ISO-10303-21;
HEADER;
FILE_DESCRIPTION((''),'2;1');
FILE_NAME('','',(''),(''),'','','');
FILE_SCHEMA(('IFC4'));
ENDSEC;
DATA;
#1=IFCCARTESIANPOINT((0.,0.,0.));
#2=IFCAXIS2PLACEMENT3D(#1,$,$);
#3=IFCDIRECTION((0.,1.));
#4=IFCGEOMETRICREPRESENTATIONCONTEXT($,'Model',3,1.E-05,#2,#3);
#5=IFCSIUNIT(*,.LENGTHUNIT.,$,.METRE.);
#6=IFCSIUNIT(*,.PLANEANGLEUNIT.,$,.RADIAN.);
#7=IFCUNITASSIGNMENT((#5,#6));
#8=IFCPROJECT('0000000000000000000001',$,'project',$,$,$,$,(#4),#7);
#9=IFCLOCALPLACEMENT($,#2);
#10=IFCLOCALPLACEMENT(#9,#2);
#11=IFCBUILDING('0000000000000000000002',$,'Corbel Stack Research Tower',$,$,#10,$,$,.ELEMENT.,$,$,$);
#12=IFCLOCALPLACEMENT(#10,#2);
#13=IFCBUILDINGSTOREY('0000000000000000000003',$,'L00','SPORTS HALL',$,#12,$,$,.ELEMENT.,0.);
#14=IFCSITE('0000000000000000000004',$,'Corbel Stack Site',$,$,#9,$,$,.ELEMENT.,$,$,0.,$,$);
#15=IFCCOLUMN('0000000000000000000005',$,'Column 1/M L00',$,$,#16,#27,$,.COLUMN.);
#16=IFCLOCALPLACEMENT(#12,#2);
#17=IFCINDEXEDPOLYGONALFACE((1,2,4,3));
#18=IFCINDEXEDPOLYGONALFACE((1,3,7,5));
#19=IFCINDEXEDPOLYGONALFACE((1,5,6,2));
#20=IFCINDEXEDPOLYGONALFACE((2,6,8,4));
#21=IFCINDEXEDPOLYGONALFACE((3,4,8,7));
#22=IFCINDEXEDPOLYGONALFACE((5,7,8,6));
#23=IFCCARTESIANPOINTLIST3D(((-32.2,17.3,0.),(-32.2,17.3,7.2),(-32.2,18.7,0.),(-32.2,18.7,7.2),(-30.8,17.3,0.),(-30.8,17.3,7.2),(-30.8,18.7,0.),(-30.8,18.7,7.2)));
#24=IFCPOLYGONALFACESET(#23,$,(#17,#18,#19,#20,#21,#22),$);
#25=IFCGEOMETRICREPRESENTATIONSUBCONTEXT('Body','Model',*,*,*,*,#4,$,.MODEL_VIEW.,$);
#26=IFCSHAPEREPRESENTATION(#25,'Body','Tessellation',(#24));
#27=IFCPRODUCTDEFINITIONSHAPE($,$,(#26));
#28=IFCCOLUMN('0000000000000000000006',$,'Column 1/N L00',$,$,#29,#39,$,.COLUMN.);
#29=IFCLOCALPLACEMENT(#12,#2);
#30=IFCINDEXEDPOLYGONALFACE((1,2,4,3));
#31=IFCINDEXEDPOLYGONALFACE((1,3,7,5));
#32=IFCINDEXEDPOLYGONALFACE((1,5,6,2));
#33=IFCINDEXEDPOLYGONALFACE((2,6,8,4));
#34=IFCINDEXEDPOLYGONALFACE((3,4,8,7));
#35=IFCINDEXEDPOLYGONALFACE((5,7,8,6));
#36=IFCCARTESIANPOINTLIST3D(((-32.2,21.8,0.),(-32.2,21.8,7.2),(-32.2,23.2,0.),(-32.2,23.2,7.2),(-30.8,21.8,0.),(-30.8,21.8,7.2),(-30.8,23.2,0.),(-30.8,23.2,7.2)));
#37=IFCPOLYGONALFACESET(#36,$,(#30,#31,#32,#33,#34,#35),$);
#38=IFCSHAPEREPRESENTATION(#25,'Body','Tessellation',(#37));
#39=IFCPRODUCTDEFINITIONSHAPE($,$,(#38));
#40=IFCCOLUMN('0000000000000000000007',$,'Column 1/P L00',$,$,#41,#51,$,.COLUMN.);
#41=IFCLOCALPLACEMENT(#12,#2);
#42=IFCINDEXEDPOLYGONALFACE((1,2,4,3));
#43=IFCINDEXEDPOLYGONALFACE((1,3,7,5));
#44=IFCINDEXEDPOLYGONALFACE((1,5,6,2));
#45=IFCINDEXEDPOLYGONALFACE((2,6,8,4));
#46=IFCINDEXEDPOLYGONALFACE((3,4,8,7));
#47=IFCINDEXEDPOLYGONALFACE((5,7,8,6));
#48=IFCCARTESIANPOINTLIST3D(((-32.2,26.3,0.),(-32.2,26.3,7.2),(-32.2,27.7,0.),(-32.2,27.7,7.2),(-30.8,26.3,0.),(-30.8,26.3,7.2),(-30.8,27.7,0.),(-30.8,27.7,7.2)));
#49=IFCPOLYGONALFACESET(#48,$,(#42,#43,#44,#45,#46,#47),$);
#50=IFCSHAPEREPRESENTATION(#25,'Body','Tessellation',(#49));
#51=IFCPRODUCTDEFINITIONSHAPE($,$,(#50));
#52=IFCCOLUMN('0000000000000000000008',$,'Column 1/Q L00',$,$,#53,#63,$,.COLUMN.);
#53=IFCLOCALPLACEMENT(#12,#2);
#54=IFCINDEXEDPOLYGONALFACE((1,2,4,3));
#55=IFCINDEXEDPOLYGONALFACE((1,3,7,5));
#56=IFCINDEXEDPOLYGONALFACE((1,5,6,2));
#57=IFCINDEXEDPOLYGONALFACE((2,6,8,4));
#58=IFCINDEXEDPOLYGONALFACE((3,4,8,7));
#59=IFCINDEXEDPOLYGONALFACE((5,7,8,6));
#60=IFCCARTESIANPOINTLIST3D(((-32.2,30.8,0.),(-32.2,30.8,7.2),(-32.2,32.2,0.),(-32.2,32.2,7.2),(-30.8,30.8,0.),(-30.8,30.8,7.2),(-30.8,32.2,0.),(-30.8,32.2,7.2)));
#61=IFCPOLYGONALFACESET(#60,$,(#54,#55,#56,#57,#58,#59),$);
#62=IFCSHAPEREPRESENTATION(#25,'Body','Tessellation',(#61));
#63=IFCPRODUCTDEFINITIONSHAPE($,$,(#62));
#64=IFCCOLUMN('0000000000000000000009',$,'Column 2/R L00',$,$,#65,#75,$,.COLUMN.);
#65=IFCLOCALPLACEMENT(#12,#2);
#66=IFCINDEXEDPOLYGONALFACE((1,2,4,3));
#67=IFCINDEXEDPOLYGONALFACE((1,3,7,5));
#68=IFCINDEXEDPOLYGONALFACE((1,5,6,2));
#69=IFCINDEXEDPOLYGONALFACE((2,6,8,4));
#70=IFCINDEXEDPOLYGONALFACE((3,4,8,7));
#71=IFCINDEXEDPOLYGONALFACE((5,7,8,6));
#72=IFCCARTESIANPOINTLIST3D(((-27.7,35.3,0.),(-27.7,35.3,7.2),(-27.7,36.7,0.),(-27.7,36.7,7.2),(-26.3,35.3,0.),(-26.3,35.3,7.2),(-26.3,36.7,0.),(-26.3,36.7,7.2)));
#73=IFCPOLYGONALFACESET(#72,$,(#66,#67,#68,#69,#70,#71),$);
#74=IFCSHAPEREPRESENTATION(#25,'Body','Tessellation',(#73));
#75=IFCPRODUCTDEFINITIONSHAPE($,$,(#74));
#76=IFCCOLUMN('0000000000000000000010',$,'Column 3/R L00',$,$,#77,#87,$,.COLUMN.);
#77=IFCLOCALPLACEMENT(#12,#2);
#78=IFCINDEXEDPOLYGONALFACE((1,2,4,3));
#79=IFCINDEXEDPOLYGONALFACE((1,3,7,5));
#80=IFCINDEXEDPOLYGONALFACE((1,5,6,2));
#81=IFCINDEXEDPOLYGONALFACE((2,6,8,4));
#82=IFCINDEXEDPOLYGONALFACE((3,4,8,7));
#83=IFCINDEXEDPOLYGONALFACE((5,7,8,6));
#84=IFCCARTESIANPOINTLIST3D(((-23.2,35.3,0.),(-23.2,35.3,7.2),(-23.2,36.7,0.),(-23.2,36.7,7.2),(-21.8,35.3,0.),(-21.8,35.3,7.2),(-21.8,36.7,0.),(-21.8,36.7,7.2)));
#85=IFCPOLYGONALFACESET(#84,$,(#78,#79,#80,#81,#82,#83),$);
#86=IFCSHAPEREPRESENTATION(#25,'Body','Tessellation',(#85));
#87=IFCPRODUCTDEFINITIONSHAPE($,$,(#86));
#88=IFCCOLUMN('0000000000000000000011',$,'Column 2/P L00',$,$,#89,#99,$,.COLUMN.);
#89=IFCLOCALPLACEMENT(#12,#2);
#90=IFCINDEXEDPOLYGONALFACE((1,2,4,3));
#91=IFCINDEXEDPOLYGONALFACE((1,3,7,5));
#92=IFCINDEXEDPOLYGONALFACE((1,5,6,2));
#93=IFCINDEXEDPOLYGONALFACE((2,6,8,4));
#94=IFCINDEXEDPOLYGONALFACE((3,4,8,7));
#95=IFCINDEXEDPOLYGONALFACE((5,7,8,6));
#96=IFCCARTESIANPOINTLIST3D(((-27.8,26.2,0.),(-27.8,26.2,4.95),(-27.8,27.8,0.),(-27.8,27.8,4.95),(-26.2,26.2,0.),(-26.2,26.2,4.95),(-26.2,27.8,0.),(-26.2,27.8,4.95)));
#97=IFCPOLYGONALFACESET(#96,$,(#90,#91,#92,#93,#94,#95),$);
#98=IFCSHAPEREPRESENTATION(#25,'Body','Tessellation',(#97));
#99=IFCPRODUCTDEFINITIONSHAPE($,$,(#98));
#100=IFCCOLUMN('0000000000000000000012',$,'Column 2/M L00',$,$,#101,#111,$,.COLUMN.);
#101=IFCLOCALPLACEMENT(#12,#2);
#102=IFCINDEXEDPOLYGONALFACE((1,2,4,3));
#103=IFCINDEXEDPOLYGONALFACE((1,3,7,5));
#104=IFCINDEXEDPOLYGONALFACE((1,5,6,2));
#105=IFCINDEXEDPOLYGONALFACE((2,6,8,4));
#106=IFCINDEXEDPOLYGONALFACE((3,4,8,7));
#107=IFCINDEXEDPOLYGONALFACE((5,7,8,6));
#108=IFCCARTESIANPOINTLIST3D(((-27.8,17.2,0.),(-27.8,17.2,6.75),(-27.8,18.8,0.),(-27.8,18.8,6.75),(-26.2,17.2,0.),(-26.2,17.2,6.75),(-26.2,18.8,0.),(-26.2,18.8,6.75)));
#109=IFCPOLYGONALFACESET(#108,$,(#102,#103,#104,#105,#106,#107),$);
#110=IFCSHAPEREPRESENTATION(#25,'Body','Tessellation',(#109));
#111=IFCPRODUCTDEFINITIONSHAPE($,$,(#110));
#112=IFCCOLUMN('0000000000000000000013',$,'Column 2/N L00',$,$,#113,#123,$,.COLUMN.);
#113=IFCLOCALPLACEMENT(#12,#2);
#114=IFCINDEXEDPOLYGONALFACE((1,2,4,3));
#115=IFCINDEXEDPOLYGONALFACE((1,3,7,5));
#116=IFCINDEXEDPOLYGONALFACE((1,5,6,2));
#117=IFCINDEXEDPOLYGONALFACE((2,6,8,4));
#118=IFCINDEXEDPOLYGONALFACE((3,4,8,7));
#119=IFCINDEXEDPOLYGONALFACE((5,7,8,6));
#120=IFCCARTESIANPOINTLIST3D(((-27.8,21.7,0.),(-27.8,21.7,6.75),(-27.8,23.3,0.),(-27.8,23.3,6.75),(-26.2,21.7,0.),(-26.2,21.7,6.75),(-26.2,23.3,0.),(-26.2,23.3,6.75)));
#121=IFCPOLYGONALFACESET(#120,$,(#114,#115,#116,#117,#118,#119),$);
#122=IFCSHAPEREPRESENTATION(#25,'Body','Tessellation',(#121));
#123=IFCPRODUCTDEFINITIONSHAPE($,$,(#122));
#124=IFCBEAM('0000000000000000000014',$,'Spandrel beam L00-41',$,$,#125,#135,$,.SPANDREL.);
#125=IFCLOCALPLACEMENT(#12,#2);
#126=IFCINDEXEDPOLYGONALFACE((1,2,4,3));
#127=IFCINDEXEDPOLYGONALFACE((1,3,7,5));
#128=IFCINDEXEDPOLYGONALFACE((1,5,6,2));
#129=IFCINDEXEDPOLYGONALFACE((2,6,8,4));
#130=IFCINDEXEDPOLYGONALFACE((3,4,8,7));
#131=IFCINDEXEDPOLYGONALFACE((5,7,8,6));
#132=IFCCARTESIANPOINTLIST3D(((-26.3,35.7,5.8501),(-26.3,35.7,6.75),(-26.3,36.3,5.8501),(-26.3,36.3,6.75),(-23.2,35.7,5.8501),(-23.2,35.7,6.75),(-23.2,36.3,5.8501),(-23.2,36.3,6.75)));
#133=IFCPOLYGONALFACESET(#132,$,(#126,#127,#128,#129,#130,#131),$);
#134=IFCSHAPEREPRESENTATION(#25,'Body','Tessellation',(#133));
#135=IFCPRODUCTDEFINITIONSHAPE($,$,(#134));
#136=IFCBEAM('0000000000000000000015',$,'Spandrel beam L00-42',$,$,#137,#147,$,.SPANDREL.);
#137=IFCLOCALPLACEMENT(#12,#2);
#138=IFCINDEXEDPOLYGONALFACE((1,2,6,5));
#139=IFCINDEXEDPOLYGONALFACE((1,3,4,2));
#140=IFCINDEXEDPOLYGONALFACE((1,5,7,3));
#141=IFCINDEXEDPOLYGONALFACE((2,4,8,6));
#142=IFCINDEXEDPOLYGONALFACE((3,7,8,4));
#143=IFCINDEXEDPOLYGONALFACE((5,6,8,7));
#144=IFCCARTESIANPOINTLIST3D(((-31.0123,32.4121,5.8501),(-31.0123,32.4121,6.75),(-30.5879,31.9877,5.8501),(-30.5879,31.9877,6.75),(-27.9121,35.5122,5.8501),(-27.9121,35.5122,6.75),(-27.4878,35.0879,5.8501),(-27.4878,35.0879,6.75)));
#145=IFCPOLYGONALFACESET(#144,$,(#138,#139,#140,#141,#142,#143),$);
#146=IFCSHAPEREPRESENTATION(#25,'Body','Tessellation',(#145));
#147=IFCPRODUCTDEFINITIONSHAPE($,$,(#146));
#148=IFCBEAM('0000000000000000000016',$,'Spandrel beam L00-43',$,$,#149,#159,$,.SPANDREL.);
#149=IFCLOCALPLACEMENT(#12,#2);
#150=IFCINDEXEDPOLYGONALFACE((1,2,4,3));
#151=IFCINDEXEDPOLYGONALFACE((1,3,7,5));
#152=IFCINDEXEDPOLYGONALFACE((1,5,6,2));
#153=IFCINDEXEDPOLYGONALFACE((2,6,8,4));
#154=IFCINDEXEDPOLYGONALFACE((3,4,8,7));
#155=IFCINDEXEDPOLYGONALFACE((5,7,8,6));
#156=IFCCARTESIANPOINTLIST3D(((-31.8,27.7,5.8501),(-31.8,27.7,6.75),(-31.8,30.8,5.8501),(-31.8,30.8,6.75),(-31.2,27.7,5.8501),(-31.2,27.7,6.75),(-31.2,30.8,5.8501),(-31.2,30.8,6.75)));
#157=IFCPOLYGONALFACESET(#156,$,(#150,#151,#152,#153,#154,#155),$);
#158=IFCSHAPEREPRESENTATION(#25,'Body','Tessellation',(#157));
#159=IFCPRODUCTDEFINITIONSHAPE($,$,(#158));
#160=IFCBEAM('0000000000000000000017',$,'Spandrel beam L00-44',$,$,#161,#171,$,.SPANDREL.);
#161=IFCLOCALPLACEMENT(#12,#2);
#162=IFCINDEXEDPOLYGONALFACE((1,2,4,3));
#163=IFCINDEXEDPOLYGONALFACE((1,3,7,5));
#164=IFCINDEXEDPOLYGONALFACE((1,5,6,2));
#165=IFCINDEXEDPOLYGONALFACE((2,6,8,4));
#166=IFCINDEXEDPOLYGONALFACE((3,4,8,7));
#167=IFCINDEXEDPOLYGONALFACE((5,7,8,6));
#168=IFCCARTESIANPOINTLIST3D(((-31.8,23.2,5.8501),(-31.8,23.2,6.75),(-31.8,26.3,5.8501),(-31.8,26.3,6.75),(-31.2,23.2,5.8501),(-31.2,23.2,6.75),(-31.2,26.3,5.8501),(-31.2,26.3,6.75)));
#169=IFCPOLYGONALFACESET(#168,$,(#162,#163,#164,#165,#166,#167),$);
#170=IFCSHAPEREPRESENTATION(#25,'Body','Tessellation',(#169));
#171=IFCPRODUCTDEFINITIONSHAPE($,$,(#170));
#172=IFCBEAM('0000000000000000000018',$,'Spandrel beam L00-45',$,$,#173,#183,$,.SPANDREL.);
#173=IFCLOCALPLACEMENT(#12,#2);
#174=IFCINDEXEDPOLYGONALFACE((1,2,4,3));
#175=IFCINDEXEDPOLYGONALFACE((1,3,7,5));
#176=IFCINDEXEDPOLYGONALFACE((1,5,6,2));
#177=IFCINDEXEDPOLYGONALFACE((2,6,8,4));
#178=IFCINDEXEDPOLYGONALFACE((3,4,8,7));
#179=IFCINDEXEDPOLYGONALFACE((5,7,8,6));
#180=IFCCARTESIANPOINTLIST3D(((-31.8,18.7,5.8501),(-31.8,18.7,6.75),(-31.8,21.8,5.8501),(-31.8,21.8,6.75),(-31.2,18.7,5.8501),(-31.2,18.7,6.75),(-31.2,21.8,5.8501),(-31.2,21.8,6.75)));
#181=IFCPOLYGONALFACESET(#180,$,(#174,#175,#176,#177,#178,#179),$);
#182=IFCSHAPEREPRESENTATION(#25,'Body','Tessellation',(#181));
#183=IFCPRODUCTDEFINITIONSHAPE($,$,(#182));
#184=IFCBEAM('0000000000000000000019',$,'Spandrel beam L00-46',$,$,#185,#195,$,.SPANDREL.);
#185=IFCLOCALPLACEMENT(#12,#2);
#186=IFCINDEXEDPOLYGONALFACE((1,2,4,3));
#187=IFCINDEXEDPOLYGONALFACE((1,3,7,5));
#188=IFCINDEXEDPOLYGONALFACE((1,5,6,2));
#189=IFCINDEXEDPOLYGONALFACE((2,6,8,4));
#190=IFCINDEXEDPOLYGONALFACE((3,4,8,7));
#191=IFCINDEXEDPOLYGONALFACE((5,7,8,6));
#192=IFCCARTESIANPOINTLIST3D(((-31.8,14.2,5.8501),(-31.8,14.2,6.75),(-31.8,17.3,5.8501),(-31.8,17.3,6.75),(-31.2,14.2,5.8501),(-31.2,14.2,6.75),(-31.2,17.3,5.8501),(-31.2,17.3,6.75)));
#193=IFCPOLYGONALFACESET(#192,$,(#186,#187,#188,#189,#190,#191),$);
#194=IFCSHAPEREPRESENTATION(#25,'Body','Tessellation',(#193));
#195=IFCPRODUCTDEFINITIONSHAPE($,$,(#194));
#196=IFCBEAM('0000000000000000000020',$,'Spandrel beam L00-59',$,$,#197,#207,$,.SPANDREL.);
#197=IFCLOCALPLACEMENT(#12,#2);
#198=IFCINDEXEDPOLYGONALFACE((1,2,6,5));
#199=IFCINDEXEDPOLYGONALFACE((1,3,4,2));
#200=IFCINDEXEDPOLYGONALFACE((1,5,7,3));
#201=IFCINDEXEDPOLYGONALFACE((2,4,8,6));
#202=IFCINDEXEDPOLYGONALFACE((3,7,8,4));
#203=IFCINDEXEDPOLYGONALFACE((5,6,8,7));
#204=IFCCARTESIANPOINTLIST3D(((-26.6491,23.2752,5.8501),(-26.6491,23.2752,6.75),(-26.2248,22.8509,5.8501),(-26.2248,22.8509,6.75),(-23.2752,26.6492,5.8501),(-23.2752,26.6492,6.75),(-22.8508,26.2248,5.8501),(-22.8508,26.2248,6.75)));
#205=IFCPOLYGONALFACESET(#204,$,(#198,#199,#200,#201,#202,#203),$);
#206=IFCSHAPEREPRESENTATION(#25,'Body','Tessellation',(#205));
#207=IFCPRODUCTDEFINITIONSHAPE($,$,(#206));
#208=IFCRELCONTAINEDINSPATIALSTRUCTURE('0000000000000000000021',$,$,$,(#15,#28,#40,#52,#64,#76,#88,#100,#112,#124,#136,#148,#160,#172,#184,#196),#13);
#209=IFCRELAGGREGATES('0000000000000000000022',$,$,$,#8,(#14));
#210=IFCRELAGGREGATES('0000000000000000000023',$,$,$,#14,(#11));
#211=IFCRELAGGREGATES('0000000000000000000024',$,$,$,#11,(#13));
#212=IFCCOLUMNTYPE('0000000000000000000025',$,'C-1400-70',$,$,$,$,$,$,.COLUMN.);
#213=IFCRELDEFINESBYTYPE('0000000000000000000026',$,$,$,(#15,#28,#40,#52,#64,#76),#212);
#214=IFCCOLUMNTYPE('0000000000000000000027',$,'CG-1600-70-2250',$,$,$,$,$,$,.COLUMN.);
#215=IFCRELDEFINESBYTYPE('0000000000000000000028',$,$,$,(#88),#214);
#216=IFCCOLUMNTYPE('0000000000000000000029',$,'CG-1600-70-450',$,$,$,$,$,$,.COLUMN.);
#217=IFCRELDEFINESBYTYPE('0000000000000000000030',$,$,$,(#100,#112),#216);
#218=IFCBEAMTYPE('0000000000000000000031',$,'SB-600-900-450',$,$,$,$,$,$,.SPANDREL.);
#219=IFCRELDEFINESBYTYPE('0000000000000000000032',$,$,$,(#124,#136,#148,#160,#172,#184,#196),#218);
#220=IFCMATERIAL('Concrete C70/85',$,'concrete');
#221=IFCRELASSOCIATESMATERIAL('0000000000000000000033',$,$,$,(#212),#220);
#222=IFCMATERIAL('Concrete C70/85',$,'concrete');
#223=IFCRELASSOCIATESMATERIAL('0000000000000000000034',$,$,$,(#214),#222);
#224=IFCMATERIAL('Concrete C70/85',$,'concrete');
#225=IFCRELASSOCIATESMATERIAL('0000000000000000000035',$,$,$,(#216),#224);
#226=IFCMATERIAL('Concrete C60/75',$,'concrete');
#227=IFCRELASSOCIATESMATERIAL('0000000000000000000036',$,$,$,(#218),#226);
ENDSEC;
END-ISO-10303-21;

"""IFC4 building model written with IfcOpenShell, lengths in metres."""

from ifc_helpers import new_model, si_unit, direction, frame, origin, origin_2d, place, context, subcontext, project, spatial, rectangle, extrude, material, material_profile, profile_set, type_object, element, save


model = new_model("IFC4")

# Units and contexts
model_context = context("Model", 3, precision=1e-05, world=origin(), true_north=direction((0.0, 1.0)))
body_context = subcontext(model_context, "Body", "Model", "MODEL_VIEW")
ifc_project = project(units=[si_unit("LENGTHUNIT", "METRE"), si_unit("PLANEANGLEUNIT", "RADIAN")], contexts=[model_context])

# Site, building, storey
site_placement = place(None, origin())
site = spatial("IfcSite", under=ifc_project, at=site_placement, Name="Corbel Stack Site", CompositionType="ELEMENT", RefElevation=0.0)
building_placement = place(site_placement, origin())
building = spatial("IfcBuilding", under=site, at=building_placement, Name="Corbel Stack Research Tower", CompositionType="ELEMENT")
storey_placement = place(building_placement, origin())
storey = spatial("IfcBuildingStorey", under=building, at=storey_placement, Name="L00", Description="SPORTS HALL", CompositionType="ELEMENT", Elevation=0.0)

# Columns
ifc_material_1 = material(Name="Concrete C70/85", Category="concrete")
ifc_material_profile_1 = material_profile(ifc_material_1, rectangle(XDim=1.3999, YDim=1.3999, at=origin_2d()), Name="RC 1400 x 1400")
ifc_profile_set_1 = profile_set([ifc_material_profile_1], Name="Concrete C70/85")
column_type_1 = type_object("IfcColumnType", Name="C-1400-70", PredefinedType="COLUMN", material=ifc_profile_set_1)
for number, where, z_axis, x_axis, name in (
    (1, (-31.5, 18.0, 0.0), (0.0, 0.0, 1.0), (1.0, 0.0, 0.0), "Column 1/M L00"),
    (2, (-31.5, 22.5, 0.0), (0.0, 0.0, 1.0), (1.0, 0.0, 0.0), "Column 1/N L00"),
    (3, (-31.5, 27.0, 0.0), (0.0, 0.0, 1.0), (1.0, 0.0, 0.0), "Column 1/P L00"),
    (4, (-31.5, 31.5, 0.0), (0.0, 0.0, 1.0), (1.0, 0.0, 0.0), "Column 1/Q L00"),
    (5, (-27.0, 36.0, 0.0), (0.0, 0.0, 1.0), (1.0, 0.0, 0.0), "Column 2/R L00"),
    (6, (-22.5, 36.0, 0.0), (0.0, 0.0, 1.0), (1.0, 0.0, 0.0), "Column 3/R L00"),
):
    element("IfcColumn", number, at=place(storey_placement, frame(where, z_axis=z_axis, x_axis=x_axis)), inside=storey, type_object=column_type_1, Name=name, PredefinedType="COLUMN", context=body_context, shape_type="SweptSolid", body=[
        extrude(rectangle(XDim=1.3999, YDim=1.3999, at=origin_2d()), origin(), (0.0, 0.0, 1.0), 7.2),
    ])
ifc_material_2 = material(Name="Concrete C70/85", Category="concrete")
ifc_material_profile_2 = material_profile(ifc_material_2, rectangle(XDim=1.6001, YDim=1.6001, at=origin_2d()), Name="RC 1600 x 1600")
ifc_profile_set_2 = profile_set([ifc_material_profile_2], Name="Concrete C70/85")
column_type_2 = type_object("IfcColumnType", Name="CG-1600-70-2250", PredefinedType="COLUMN", material=ifc_profile_set_2)
column_placement = place(storey_placement, frame((-27.0, 27.0, 0.0), z_axis=(0.0, 0.0, 1.0), x_axis=(1.0, 0.0, 0.0)))
element("IfcColumn", 7, at=column_placement, inside=storey, type_object=column_type_2, Name="Column 2/P L00", PredefinedType="COLUMN", context=body_context, shape_type="SweptSolid", body=[
    extrude(rectangle(XDim=1.6001, YDim=1.6001, at=origin_2d()), origin(), (0.0, 0.0, 1.0), 4.95),
])
ifc_material_3 = material(Name="Concrete C70/85", Category="concrete")
ifc_material_profile_3 = material_profile(ifc_material_3, rectangle(XDim=1.6001, YDim=1.6001, at=origin_2d()), Name="RC 1600 x 1600")
ifc_profile_set_3 = profile_set([ifc_material_profile_3], Name="Concrete C70/85")
column_type_3 = type_object("IfcColumnType", Name="CG-1600-70-450", PredefinedType="COLUMN", material=ifc_profile_set_3)
for number, where, z_axis, x_axis, name in (
    (8, (-27.0, 18.0, 0.0), (0.0, 0.0, 1.0), (1.0, 0.0, 0.0), "Column 2/M L00"),
    (9, (-27.0, 22.5, 0.0), (0.0, 0.0, 1.0), (1.0, 0.0, 0.0), "Column 2/N L00"),
):
    element("IfcColumn", number, at=place(storey_placement, frame(where, z_axis=z_axis, x_axis=x_axis)), inside=storey, type_object=column_type_3, Name=name, PredefinedType="COLUMN", context=body_context, shape_type="SweptSolid", body=[
        extrude(rectangle(XDim=1.6001, YDim=1.6001, at=origin_2d()), origin(), (0.0, 0.0, 1.0), 6.75),
    ])

# Beams
ifc_material_4 = material(Name="Concrete C60/75", Category="concrete")
ifc_material_profile_4 = material_profile(ifc_material_4, rectangle(XDim=0.6001, YDim=0.8999, at=origin_2d()), Name="RC 600 x 900")
ifc_profile_set_4 = profile_set([ifc_material_profile_4], Name="Concrete C60/75")
beam_type_1 = type_object("IfcBeamType", Name="SB-600-900-450", PredefinedType="SPANDREL", material=ifc_profile_set_4)
beam_1_placement = place(storey_placement, frame((-23.2, 36.0, 6.3), z_axis=(-1.0, 0.0, 0.0), x_axis=(0.0, -1.0, 0.0)))
element("IfcBeam", 10, at=beam_1_placement, inside=storey, type_object=beam_type_1, Name="Spandrel beam L00-41", PredefinedType="SPANDREL", context=body_context, shape_type="SweptSolid", body=[
    extrude(rectangle(XDim=0.6001, YDim=0.8999, at=origin_2d()), origin(), (0.0, 0.0, 1.0), 3.1001),
])
beam_2_placement = place(storey_placement, frame((-27.7, 35.3, 6.3), z_axis=(-0.707107, -0.707107, 0.0), x_axis=(0.707107, -0.707107, 0.0)))
element("IfcBeam", 11, at=beam_2_placement, inside=storey, type_object=beam_type_1, Name="Spandrel beam L00-42", PredefinedType="SPANDREL", context=body_context, shape_type="SweptSolid", body=[
    extrude(rectangle(XDim=0.6001, YDim=0.8999, at=origin_2d()), origin(), (0.0, 0.0, 1.0), 4.3843),
])
for number, where, z_axis, x_axis, name in (
    (12, (-31.5, 30.8, 6.3), (0.0, -1.0, 0.0), (1.0, 0.0, 0.0), "Spandrel beam L00-43"),
    (13, (-31.5, 26.3, 6.3), (0.0, -1.0, 0.0), (1.0, 0.0, 0.0), "Spandrel beam L00-44"),
    (14, (-31.5, 21.8, 6.3), (0.0, -1.0, 0.0), (1.0, 0.0, 0.0), "Spandrel beam L00-45"),
    (15, (-31.5, 17.3, 6.3), (0.0, -1.0, 0.0), (1.0, 0.0, 0.0), "Spandrel beam L00-46"),
):
    element("IfcBeam", number, at=place(storey_placement, frame(where, z_axis=z_axis, x_axis=x_axis)), inside=storey, type_object=beam_type_1, Name=name, PredefinedType="SPANDREL", context=body_context, shape_type="SweptSolid", body=[
        extrude(rectangle(XDim=0.6001, YDim=0.8999, at=origin_2d()), origin(), (0.0, 0.0, 1.0), 3.1001),
    ])
beam_3_placement = place(storey_placement, frame((-23.063, 26.437, 6.3), z_axis=(-0.707107, -0.707107, 0.0), x_axis=(0.707107, -0.707107, 0.0)))
element("IfcBeam", 16, at=beam_3_placement, inside=storey, type_object=beam_type_1, Name="Spandrel beam L00-59", PredefinedType="SPANDREL", context=body_context, shape_type="SweptSolid", body=[
    extrude(rectangle(XDim=0.6001, YDim=0.8999, at=origin_2d()), origin(), (0.0, 0.0, 1.0), 4.7715),
])

save(model, "model.ifc")
